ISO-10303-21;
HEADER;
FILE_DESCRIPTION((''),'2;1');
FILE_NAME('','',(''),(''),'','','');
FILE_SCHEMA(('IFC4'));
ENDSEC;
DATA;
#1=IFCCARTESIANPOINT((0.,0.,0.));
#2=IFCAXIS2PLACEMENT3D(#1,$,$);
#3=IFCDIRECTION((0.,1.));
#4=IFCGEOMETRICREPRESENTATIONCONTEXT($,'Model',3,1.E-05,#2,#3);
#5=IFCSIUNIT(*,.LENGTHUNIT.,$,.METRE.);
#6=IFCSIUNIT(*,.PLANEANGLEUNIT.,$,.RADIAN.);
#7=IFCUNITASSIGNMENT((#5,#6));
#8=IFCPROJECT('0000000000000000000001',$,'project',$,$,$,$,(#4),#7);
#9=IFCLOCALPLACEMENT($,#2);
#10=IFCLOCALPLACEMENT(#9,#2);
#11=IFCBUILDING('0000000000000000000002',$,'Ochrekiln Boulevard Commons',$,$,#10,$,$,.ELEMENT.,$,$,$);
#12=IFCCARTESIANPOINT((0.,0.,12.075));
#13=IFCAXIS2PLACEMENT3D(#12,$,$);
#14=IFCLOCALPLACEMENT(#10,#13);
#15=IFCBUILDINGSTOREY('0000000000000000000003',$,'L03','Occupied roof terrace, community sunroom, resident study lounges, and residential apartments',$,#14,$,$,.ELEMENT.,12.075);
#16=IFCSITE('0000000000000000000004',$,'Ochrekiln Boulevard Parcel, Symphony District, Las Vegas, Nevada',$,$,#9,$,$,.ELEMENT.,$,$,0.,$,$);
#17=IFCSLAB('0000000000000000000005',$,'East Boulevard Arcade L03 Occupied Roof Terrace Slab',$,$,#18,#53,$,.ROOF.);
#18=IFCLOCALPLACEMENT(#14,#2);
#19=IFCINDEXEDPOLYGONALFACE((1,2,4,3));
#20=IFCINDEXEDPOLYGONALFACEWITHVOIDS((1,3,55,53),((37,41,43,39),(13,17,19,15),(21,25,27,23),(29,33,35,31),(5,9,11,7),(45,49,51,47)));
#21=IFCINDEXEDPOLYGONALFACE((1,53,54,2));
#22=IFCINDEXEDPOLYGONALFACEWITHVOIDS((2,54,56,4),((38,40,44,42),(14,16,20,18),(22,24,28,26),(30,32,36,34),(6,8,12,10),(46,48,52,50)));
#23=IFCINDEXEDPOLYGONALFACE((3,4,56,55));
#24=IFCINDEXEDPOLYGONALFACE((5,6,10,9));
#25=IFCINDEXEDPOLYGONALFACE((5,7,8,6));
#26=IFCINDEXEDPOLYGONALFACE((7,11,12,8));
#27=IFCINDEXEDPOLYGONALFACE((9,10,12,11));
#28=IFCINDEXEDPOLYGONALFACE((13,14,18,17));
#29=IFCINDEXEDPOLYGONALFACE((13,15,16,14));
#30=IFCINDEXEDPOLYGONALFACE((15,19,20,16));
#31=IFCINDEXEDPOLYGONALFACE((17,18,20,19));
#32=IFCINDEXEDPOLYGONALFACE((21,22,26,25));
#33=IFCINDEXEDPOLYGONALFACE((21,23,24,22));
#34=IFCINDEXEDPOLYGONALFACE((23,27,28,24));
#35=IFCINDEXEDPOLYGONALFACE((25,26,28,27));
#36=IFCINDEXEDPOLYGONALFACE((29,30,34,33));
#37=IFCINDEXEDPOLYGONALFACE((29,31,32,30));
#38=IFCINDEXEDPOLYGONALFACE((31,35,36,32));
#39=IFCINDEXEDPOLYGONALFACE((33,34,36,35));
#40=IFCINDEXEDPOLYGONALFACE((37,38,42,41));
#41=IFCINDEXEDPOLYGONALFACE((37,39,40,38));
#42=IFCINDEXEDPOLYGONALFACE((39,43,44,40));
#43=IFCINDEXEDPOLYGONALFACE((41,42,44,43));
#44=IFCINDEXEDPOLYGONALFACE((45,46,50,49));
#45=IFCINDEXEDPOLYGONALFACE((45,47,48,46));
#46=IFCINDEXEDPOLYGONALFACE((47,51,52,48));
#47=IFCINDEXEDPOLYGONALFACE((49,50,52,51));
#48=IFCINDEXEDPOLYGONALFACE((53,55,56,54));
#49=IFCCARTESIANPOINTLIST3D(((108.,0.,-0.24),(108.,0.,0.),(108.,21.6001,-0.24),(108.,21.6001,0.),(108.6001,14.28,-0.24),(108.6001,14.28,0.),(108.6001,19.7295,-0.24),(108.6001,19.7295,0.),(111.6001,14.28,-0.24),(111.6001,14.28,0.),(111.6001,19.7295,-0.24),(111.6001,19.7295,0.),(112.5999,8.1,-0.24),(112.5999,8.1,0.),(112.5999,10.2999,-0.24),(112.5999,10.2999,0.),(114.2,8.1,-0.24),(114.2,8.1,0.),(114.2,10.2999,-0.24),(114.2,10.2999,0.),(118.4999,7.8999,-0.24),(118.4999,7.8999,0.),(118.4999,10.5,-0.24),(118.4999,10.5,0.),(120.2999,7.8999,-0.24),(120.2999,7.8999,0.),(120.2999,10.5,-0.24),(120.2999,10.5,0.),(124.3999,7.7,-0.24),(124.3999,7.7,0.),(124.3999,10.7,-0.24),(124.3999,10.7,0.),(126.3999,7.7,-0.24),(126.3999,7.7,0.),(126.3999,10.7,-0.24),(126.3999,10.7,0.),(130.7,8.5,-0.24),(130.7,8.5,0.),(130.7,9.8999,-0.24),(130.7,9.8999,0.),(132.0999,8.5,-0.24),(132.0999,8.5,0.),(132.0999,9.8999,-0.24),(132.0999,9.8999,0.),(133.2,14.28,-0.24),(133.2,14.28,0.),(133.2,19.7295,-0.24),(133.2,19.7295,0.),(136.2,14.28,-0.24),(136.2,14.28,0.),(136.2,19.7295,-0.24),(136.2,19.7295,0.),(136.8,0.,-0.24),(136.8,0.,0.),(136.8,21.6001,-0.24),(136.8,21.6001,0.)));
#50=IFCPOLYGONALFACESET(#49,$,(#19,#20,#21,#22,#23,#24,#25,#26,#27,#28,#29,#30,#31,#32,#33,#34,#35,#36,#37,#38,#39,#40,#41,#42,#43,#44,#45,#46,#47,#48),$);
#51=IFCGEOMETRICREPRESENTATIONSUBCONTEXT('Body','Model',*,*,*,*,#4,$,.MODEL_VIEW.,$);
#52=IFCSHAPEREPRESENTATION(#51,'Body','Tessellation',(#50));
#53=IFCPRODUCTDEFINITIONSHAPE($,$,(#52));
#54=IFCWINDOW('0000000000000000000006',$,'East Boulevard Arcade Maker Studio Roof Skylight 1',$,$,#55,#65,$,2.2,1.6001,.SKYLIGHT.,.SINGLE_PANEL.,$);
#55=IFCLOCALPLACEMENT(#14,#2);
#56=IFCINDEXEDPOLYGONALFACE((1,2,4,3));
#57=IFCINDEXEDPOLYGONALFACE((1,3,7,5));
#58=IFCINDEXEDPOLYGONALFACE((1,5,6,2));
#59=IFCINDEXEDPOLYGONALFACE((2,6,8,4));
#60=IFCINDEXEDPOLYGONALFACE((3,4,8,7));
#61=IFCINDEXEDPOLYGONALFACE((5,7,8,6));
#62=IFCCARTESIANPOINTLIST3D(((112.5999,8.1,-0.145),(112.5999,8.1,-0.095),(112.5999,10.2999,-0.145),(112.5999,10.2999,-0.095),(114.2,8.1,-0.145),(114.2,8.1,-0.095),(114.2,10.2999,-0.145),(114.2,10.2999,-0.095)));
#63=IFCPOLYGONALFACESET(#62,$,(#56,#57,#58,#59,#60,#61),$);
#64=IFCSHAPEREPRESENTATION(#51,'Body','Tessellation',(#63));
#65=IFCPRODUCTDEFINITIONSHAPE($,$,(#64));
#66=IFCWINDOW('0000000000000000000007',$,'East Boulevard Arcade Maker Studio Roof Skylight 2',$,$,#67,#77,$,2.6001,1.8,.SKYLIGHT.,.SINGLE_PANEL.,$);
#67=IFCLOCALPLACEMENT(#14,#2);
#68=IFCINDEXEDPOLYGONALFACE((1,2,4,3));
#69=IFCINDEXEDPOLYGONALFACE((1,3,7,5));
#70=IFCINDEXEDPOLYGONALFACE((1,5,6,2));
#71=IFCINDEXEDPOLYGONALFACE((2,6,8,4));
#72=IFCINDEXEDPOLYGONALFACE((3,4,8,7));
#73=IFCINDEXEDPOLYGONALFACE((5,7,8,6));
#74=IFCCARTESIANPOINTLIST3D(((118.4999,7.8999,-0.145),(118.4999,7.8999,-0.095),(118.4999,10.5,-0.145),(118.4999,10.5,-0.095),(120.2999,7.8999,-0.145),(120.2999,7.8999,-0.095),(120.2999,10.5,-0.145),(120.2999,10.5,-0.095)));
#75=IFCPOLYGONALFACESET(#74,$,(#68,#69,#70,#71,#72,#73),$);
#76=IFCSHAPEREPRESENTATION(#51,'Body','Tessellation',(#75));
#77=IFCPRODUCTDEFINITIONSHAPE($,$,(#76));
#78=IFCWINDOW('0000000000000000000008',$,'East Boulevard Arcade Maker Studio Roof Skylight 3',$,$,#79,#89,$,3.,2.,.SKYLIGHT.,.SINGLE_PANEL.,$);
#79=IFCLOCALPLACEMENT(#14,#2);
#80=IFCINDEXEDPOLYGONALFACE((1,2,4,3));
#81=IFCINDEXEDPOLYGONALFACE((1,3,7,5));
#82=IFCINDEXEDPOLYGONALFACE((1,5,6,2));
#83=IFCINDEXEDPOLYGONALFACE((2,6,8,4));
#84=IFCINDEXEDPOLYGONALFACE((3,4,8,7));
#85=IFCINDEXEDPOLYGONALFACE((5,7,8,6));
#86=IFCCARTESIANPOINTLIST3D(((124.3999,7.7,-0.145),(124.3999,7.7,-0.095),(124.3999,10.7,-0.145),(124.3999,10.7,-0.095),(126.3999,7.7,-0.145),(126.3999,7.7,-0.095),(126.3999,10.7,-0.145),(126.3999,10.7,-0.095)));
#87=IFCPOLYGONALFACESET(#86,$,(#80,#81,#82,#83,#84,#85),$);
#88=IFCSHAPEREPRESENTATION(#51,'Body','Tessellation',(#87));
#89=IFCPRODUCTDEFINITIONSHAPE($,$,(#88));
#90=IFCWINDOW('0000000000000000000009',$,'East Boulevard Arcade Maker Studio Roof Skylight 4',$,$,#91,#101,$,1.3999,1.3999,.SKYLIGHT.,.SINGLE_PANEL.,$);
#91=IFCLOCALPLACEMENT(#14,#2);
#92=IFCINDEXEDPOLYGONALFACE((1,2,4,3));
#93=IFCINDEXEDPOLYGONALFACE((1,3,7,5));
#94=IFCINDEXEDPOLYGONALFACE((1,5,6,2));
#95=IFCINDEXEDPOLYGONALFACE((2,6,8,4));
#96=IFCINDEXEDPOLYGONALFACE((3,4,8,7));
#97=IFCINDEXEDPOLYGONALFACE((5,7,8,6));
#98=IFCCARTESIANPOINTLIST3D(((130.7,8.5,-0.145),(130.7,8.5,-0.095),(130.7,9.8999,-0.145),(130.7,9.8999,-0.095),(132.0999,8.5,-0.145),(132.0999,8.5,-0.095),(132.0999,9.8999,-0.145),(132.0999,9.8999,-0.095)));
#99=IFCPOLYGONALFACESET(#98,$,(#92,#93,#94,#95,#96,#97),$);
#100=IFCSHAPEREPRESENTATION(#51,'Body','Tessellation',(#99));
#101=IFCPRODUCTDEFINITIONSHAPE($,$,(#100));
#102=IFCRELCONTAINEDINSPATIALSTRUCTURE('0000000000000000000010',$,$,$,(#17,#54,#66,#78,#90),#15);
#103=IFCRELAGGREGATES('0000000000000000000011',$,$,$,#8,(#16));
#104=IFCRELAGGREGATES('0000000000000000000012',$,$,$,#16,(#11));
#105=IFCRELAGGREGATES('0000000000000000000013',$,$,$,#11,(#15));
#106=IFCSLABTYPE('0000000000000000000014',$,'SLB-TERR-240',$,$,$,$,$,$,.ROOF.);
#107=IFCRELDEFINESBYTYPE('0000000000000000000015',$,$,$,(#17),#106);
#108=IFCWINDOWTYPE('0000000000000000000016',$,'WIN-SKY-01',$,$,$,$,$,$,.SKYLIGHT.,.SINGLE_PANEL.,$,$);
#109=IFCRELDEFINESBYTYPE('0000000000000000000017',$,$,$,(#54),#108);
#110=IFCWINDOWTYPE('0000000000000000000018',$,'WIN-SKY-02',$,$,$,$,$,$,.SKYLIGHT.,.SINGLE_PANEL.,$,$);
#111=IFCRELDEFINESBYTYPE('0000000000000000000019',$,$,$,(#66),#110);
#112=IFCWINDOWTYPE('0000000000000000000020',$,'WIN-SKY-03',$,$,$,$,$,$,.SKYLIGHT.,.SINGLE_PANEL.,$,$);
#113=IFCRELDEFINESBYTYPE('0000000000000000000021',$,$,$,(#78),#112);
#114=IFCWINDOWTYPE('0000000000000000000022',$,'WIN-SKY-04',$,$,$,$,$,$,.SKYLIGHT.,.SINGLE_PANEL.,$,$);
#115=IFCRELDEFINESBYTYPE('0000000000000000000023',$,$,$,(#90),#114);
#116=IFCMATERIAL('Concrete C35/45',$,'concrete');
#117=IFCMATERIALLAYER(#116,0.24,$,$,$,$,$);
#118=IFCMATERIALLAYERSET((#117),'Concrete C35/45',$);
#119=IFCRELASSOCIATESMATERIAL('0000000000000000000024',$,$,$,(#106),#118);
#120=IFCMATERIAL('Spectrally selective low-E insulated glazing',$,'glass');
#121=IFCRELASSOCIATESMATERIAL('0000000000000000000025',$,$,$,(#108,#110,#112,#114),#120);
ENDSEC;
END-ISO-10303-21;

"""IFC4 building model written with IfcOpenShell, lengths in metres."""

from ifc_helpers import new_model, si_unit, direction, frame, origin, origin_2d, place, context, subcontext, project, spatial, polyline, rectangle, outline, extrude, material, layer, layer_set, type_object, element, fill, save


model = new_model("IFC4")

# Units and contexts
model_context = context("Model", 3, precision=1e-05, world=origin(), true_north=direction((0.0, 1.0)))
body_context = subcontext(model_context, "Body", "Model", "MODEL_VIEW")
ifc_project = project(units=[si_unit("LENGTHUNIT", "METRE"), si_unit("PLANEANGLEUNIT", "RADIAN")], contexts=[model_context])

# Site, building, storey
site_placement = place(None, origin())
site = spatial("IfcSite", under=ifc_project, at=site_placement, Name="Ochrekiln Boulevard Parcel, Symphony District, Las Vegas, Nevada", CompositionType="ELEMENT", RefElevation=0.0)
building_placement = place(site_placement, origin())
building = spatial("IfcBuilding", under=site, at=building_placement, Name="Ochrekiln Boulevard Commons", CompositionType="ELEMENT")
storey_placement = place(building_placement, frame((0.0, 0.0, 12.075)))
storey = spatial("IfcBuildingStorey", under=building, at=storey_placement, Name="L03", Description="Occupied roof terrace, community sunroom, resident study lounges, and residential apartments", CompositionType="ELEMENT", Elevation=12.075)

# Shared definitions
ifc_material_1 = material(Name="Concrete C35/45", Category="concrete")

# Slab, openings, windows
ifc_layer_1 = layer(ifc_material_1, 0.24)
ifc_layer_set_1 = layer_set([ifc_layer_1], Name="Concrete C35/45")
slab_type_1 = type_object("IfcSlabType", Name="SLB-TERR-240", PredefinedType="ROOF", material=ifc_layer_set_1)
ifc_material_2 = material(Name="Spectrally selective low-E insulated glazing", Category="glass")
window_type_1 = type_object("IfcWindowType", Name="WIN-SKY-01", PartitioningType="SINGLE_PANEL", PredefinedType="SKYLIGHT", material=ifc_material_2)
window_type_2 = type_object("IfcWindowType", Name="WIN-SKY-02", PartitioningType="SINGLE_PANEL", PredefinedType="SKYLIGHT", material=ifc_material_2)
window_type_3 = type_object("IfcWindowType", Name="WIN-SKY-03", PartitioningType="SINGLE_PANEL", PredefinedType="SKYLIGHT", material=ifc_material_2)
window_type_4 = type_object("IfcWindowType", Name="WIN-SKY-04", PartitioningType="SINGLE_PANEL", PredefinedType="SKYLIGHT", material=ifc_material_2)
slab_1_placement = place(storey_placement, frame((0.0, 0.0, -0.24)))
slab_1 = element("IfcSlab", 1, at=slab_1_placement, inside=storey, type_object=slab_type_1, Name="East Boulevard Arcade L03 Occupied Roof Terrace Slab", PredefinedType="ROOF", context=body_context, shape_type="SweptSolid", body=[
    extrude(outline(polyline([(108.0, 0.0), (136.8, 0.0), (136.8, 21.6001), (108.0, 21.6001), (108.0, 0.0)]), holes=[polyline([(108.6001, 19.7295), (108.6001, 14.28), (111.6001, 14.28), (111.6001, 19.7295), (108.6001, 19.7295)]), polyline([(133.2, 19.7295), (133.2, 14.28), (136.2, 14.28), (136.2, 19.7295), (133.2, 19.7295)])]), origin(), (0.0, 0.0, 1.0), 0.24),
])
opening_1_placement = place(slab_1_placement, frame((113.3999, 9.2, 0.0)))
opening_1 = element("IfcOpeningElement", 2, at=opening_1_placement, cuts=slab_1, PredefinedType="OPENING", context=body_context, shape_type="SweptSolid", body=[
    extrude(rectangle(XDim=1.6001, YDim=2.2, at=origin_2d()), frame((0.0, 0.0, -0.01)), (0.0, 0.0, 1.0), 0.26),
])
opening_2_placement = place(slab_1_placement, frame((119.3999, 9.2, 0.0)))
opening_2 = element("IfcOpeningElement", 3, at=opening_2_placement, cuts=slab_1, PredefinedType="OPENING", context=body_context, shape_type="SweptSolid", body=[
    extrude(rectangle(XDim=1.8, YDim=2.6001, at=origin_2d()), frame((0.0, 0.0, -0.01)), (0.0, 0.0, 1.0), 0.26),
])
opening_3_placement = place(slab_1_placement, frame((125.3999, 9.2, 0.0)))
opening_3 = element("IfcOpeningElement", 4, at=opening_3_placement, cuts=slab_1, PredefinedType="OPENING", context=body_context, shape_type="SweptSolid", body=[
    extrude(rectangle(XDim=2.0, YDim=3.0, at=origin_2d()), frame((0.0, 0.0, -0.01)), (0.0, 0.0, 1.0), 0.26),
])
opening_4_placement = place(slab_1_placement, frame((131.3999, 9.2, 0.0)))
opening_4 = element("IfcOpeningElement", 5, at=opening_4_placement, cuts=slab_1, PredefinedType="OPENING", context=body_context, shape_type="SweptSolid", body=[
    extrude(rectangle(XDim=1.3999, YDim=1.3999, at=origin_2d()), frame((0.0, 0.0, -0.01)), (0.0, 0.0, 1.0), 0.26),
])
window_1_placement = place(opening_1_placement, frame((0.0, 0.0, 0.095)))
window_1 = element("IfcWindow", 6, at=window_1_placement, inside=storey, type_object=window_type_1, Name="East Boulevard Arcade Maker Studio Roof Skylight 1", OverallHeight=2.2, OverallWidth=1.6001, PartitioningType="SINGLE_PANEL", PredefinedType="SKYLIGHT", context=body_context, shape_type="SweptSolid", body=[
    extrude(rectangle(XDim=1.6001, YDim=2.2, at=origin_2d()), origin(), (0.0, 0.0, 1.0), 0.05),
])
fill(opening_1, window_1)
window_2_placement = place(opening_2_placement, frame((0.0, 0.0, 0.095)))
window_2 = element("IfcWindow", 7, at=window_2_placement, inside=storey, type_object=window_type_2, Name="East Boulevard Arcade Maker Studio Roof Skylight 2", OverallHeight=2.6001, OverallWidth=1.8, PartitioningType="SINGLE_PANEL", PredefinedType="SKYLIGHT", context=body_context, shape_type="SweptSolid", body=[
    extrude(rectangle(XDim=1.8, YDim=2.6001, at=origin_2d()), origin(), (0.0, 0.0, 1.0), 0.05),
])
fill(opening_2, window_2)
window_3_placement = place(opening_3_placement, frame((0.0, 0.0, 0.095)))
window_3 = element("IfcWindow", 8, at=window_3_placement, inside=storey, type_object=window_type_3, Name="East Boulevard Arcade Maker Studio Roof Skylight 3", OverallHeight=3.0, OverallWidth=2.0, PartitioningType="SINGLE_PANEL", PredefinedType="SKYLIGHT", context=body_context, shape_type="SweptSolid", body=[
    extrude(rectangle(XDim=2.0, YDim=3.0, at=origin_2d()), origin(), (0.0, 0.0, 1.0), 0.05),
])
fill(opening_3, window_3)
window_4_placement = place(opening_4_placement, frame((0.0, 0.0, 0.095)))
window_4 = element("IfcWindow", 9, at=window_4_placement, inside=storey, type_object=window_type_4, Name="East Boulevard Arcade Maker Studio Roof Skylight 4", OverallHeight=1.3999, OverallWidth=1.3999, PartitioningType="SINGLE_PANEL", PredefinedType="SKYLIGHT", context=body_context, shape_type="SweptSolid", body=[
    extrude(rectangle(XDim=1.3999, YDim=1.3999, at=origin_2d()), origin(), (0.0, 0.0, 1.0), 0.05),
])
fill(opening_4, window_4)

save(model, "model.ifc")
